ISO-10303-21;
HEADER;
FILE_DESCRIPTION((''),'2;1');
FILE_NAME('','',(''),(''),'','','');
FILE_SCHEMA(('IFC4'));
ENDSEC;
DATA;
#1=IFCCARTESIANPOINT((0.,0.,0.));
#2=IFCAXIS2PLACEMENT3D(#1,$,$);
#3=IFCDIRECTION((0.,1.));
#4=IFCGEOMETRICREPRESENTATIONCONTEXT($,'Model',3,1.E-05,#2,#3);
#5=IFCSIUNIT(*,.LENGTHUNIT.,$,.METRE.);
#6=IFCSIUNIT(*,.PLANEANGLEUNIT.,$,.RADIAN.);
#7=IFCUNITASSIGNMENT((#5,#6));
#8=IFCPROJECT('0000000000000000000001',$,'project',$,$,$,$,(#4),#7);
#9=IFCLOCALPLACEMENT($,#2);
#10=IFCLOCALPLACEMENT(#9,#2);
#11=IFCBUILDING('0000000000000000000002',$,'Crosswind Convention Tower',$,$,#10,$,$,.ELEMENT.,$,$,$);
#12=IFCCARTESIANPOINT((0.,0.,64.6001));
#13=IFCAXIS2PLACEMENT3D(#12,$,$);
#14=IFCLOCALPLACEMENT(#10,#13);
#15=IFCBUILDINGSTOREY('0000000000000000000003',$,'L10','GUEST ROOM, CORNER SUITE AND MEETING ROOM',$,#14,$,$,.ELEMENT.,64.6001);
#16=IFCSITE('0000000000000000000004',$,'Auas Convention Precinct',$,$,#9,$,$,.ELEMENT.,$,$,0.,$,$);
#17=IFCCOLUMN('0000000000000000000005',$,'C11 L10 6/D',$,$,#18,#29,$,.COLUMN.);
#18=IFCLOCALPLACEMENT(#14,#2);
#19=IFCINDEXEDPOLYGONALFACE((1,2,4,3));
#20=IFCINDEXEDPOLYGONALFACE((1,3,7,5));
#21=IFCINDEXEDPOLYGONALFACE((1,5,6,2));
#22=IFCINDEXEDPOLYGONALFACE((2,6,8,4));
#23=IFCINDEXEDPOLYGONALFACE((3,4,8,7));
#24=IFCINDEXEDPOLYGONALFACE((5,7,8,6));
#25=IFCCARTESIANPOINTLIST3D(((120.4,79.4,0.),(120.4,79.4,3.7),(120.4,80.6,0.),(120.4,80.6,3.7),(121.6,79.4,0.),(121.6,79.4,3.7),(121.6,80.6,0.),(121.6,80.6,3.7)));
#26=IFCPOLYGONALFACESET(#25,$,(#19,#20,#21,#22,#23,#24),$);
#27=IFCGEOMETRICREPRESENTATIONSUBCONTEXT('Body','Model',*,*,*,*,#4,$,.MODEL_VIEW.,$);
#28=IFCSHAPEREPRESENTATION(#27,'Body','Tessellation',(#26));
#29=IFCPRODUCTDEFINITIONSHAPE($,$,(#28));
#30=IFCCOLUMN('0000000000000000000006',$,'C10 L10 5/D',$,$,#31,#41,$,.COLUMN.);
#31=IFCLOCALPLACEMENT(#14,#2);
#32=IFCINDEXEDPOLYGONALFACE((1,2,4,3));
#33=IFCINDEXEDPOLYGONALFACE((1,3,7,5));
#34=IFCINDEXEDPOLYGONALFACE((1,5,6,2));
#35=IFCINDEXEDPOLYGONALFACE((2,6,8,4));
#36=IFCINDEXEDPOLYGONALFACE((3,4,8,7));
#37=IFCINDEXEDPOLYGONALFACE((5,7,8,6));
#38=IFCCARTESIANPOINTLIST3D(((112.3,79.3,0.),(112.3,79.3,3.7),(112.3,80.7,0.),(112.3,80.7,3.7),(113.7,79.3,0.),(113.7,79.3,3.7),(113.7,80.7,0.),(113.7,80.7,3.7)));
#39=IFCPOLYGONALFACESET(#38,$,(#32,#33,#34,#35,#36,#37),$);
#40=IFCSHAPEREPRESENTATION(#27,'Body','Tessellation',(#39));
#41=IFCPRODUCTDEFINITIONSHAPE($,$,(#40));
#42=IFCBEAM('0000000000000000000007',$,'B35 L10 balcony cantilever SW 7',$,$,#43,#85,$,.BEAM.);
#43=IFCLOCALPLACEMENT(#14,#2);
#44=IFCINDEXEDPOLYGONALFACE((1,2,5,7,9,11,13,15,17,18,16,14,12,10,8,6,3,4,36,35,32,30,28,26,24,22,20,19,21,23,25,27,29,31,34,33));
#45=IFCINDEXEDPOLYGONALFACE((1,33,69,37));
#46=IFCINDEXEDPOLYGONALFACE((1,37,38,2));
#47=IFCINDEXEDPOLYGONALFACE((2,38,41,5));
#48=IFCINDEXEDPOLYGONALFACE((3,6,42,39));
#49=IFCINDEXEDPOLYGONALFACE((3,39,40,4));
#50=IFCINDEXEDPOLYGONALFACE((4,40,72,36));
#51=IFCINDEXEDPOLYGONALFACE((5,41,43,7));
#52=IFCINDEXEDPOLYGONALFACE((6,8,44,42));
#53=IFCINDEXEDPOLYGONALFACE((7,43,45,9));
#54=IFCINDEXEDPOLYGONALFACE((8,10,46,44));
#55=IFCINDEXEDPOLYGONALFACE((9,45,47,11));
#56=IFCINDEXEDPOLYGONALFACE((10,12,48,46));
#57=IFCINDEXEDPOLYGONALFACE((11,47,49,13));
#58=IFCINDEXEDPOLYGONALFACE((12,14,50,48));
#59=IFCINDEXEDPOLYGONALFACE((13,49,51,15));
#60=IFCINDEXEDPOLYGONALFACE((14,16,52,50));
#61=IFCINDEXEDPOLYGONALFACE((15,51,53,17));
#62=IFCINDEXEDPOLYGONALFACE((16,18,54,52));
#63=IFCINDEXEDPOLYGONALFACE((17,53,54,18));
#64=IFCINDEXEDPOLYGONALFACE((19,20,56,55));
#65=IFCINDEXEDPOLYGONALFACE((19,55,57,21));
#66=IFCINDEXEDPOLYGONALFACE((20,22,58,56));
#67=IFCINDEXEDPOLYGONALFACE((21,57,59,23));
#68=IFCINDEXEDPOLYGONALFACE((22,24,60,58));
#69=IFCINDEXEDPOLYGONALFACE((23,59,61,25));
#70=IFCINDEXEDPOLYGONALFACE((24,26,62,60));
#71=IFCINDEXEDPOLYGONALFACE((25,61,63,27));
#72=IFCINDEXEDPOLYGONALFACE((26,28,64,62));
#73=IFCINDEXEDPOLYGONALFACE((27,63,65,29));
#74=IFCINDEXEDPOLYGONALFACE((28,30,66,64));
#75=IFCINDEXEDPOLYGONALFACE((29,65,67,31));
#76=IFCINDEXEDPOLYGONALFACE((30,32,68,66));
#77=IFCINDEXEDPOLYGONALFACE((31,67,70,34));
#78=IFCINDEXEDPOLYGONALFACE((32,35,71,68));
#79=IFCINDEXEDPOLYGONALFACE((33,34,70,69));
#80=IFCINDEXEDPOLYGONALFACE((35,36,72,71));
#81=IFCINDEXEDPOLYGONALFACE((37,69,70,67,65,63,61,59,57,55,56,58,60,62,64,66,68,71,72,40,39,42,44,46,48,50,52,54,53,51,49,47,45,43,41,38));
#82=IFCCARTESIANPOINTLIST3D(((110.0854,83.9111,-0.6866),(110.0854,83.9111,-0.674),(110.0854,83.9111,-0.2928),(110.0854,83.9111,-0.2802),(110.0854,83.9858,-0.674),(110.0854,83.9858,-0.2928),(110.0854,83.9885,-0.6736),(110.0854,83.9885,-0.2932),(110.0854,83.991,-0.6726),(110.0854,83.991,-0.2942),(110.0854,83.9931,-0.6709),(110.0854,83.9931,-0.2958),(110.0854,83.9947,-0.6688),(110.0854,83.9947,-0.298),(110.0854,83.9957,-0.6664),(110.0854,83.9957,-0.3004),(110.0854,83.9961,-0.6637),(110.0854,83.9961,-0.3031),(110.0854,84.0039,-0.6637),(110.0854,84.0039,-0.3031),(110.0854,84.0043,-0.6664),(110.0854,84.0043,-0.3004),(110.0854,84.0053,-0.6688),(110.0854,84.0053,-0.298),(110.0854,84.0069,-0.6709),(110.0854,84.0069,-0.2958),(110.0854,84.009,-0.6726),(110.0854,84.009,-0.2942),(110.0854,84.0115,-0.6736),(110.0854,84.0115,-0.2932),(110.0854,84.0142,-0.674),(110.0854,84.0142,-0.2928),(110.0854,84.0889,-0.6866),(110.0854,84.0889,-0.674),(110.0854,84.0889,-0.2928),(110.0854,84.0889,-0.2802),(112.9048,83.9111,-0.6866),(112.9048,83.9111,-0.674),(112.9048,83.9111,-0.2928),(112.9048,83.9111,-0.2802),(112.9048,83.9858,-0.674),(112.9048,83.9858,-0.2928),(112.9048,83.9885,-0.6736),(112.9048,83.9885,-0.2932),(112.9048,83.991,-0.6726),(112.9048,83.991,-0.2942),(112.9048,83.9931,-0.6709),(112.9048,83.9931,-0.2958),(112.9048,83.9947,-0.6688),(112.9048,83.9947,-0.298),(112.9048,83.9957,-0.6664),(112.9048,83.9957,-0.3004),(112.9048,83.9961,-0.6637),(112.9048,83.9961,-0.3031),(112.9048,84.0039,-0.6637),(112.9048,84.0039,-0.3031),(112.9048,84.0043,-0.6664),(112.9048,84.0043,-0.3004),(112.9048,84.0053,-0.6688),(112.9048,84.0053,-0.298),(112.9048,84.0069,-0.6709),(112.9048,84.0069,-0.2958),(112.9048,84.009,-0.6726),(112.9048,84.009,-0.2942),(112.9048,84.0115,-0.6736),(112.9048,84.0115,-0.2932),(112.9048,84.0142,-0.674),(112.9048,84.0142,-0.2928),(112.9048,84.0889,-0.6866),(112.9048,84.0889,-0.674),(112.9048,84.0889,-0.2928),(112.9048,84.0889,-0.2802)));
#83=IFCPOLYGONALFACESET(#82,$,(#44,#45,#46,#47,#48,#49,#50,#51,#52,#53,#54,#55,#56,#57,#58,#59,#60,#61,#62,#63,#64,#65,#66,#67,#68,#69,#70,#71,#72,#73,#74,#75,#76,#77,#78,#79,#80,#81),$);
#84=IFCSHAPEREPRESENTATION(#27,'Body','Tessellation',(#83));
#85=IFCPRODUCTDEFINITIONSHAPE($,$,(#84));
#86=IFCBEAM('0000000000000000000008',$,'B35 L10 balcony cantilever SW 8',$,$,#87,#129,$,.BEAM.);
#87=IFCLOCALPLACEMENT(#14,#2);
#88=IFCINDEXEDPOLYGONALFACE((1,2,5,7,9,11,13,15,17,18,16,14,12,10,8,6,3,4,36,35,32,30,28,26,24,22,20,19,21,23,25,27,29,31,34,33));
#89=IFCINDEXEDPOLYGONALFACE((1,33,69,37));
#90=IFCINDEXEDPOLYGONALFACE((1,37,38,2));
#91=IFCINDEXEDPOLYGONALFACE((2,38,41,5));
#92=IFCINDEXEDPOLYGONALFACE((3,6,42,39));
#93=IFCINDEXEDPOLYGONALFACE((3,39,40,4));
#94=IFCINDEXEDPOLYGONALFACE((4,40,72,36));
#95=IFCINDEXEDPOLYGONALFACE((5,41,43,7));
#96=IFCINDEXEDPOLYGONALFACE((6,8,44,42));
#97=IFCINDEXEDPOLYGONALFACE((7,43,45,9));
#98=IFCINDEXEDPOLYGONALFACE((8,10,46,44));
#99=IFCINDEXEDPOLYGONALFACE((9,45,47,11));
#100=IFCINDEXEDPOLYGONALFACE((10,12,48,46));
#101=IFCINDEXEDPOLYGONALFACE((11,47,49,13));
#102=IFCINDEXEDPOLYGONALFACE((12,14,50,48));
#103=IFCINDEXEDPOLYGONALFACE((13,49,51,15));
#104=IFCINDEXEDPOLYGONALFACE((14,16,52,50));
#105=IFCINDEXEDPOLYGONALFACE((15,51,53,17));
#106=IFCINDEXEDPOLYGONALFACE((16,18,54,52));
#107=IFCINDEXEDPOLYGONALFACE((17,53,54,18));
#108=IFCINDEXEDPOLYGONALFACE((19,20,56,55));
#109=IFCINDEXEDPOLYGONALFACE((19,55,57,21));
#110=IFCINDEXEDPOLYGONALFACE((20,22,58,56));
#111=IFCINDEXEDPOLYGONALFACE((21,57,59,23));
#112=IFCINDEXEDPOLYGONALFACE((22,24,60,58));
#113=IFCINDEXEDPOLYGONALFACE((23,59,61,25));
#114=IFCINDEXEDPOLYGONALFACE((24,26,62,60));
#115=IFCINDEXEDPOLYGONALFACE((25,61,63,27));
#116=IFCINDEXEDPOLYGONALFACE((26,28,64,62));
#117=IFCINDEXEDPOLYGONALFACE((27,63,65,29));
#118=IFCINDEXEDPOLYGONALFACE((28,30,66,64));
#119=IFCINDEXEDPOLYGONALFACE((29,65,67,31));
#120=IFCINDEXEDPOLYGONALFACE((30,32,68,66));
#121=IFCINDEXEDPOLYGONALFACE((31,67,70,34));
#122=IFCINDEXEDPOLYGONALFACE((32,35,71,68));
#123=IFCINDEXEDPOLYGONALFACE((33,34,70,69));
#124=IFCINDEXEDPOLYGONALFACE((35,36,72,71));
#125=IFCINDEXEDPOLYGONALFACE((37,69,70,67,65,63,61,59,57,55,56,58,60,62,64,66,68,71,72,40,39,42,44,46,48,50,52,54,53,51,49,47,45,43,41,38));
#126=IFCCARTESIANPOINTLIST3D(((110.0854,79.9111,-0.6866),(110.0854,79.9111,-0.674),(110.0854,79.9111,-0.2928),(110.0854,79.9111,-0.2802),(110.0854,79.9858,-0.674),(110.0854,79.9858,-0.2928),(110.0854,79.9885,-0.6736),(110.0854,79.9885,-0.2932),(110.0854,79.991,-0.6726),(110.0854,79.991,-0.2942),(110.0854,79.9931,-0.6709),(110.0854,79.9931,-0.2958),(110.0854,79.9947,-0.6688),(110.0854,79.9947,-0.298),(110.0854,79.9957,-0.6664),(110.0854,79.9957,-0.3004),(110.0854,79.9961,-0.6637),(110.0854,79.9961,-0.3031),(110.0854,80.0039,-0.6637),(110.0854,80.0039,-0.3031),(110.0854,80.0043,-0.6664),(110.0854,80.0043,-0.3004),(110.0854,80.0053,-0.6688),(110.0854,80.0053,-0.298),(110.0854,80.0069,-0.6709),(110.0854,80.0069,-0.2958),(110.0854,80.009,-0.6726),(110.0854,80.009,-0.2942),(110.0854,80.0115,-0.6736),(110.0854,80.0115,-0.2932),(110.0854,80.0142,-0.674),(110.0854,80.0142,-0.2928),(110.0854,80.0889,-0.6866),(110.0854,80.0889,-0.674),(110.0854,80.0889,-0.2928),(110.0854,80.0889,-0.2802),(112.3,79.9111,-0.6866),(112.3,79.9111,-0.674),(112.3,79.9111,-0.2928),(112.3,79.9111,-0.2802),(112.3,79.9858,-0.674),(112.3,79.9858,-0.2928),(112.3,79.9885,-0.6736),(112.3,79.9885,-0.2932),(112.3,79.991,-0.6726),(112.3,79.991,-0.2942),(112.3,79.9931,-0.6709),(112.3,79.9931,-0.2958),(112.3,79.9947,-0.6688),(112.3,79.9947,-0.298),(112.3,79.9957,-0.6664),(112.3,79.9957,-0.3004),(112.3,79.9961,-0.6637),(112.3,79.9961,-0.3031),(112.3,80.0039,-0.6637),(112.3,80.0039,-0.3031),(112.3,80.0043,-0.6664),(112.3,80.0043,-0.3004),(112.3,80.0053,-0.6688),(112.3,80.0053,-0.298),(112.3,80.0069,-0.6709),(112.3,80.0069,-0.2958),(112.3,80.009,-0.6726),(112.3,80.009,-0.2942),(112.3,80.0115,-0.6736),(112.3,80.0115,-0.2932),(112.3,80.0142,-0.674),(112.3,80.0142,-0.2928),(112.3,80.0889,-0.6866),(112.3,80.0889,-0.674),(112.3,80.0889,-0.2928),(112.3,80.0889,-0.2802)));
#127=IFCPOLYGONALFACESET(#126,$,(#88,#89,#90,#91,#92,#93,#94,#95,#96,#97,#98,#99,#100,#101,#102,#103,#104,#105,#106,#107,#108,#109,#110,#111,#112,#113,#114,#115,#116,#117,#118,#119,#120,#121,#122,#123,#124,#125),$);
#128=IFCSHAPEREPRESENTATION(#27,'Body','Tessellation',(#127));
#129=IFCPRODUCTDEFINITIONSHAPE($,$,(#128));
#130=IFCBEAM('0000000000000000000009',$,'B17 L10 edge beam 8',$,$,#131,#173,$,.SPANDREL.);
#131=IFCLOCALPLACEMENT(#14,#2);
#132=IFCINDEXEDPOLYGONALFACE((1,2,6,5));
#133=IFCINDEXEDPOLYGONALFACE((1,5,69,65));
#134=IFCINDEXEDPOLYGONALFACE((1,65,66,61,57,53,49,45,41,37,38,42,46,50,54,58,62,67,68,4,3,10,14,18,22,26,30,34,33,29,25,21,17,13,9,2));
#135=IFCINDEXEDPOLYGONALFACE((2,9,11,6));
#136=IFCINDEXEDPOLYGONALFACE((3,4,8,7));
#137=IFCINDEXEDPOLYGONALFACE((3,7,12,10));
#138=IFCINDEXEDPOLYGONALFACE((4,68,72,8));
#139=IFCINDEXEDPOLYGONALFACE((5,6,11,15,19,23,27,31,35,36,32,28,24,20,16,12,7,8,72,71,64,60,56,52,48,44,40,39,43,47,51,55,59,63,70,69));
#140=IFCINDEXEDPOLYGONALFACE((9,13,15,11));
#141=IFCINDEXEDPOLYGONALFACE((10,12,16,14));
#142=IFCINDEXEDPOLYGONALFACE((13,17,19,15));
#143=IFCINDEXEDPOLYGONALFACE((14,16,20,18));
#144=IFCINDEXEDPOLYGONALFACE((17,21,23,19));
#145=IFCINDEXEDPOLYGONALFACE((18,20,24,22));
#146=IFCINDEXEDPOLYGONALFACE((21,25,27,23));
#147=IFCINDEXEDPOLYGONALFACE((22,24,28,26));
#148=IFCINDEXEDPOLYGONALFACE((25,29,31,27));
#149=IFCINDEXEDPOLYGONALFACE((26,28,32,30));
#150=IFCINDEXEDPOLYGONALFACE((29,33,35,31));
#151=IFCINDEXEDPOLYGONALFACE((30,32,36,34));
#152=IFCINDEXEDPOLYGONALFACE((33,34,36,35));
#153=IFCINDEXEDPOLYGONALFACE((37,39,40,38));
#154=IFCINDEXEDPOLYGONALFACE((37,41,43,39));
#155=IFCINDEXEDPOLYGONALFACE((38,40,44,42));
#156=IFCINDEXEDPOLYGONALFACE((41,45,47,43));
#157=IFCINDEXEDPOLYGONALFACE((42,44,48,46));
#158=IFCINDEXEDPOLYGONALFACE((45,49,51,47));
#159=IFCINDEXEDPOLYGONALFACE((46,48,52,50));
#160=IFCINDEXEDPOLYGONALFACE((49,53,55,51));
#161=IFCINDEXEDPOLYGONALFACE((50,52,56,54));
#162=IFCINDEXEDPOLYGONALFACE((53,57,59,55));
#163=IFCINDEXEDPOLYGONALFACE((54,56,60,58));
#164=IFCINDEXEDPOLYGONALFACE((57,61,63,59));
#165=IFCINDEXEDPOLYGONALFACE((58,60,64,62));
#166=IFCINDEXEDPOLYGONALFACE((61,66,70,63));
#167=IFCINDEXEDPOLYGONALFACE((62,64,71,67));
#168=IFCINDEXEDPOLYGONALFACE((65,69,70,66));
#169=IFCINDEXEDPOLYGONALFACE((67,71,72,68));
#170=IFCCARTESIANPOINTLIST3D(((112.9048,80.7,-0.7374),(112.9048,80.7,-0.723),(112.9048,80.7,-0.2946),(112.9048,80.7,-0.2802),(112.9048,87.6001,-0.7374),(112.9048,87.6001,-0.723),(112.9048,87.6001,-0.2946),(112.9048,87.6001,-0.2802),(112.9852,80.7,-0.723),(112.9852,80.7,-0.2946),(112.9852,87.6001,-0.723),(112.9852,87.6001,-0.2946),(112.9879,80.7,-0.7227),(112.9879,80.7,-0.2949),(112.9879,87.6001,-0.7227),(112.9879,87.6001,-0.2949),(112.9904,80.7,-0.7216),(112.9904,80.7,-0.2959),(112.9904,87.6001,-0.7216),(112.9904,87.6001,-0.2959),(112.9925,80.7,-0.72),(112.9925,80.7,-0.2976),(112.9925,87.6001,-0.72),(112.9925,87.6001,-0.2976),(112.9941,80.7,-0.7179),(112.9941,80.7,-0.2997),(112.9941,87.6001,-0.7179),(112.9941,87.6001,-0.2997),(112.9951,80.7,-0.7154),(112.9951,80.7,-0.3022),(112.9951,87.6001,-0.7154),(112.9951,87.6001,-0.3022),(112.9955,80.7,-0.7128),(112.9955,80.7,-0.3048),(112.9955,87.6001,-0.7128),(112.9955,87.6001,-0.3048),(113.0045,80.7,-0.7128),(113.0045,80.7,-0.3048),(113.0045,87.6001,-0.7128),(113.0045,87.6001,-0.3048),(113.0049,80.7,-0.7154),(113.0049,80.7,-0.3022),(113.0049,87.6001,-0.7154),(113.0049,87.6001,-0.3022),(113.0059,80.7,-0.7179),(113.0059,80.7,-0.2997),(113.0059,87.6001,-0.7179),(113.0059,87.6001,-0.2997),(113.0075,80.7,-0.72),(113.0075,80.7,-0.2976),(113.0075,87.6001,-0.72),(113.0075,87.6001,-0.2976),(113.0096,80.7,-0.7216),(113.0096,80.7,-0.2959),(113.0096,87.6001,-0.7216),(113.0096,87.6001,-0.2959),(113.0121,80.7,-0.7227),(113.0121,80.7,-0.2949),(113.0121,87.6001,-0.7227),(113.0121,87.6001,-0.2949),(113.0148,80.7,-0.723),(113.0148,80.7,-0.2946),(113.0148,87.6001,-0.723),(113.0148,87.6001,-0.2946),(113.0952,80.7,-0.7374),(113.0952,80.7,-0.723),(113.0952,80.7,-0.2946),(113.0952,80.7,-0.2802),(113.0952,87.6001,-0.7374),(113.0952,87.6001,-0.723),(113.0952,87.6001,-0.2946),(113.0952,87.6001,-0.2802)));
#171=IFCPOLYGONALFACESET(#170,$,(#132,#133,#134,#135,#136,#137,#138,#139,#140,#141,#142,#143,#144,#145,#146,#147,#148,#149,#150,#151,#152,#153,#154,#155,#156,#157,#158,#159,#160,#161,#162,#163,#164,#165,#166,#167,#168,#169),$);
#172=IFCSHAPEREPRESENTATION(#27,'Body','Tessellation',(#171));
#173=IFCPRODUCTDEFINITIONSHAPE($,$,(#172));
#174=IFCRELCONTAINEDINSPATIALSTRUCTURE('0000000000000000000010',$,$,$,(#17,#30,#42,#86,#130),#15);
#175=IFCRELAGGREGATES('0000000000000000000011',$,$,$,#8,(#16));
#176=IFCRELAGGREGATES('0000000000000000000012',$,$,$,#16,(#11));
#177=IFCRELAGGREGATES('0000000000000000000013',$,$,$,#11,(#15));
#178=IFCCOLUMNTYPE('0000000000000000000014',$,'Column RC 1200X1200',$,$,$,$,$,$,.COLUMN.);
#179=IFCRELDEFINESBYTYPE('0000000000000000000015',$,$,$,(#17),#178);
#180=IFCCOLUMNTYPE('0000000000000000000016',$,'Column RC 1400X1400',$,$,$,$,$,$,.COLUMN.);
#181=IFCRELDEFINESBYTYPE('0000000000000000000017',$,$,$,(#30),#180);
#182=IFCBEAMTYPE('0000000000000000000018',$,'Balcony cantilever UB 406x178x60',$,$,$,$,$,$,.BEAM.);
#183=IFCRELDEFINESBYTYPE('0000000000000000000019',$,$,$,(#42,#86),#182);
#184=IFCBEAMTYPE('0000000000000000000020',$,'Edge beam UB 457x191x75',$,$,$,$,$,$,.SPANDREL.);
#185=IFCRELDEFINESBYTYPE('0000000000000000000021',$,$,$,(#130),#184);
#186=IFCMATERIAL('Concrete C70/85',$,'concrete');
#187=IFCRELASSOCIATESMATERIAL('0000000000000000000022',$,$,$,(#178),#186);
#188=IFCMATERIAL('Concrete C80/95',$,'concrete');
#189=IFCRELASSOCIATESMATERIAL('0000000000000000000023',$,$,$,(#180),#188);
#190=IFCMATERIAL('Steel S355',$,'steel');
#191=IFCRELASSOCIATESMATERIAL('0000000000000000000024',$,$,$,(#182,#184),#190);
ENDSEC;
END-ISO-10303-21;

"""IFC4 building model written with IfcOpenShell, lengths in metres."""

from ifc_helpers import new_model, si_unit, direction, frame, origin, origin_2d, place, context, subcontext, project, spatial, rectangle, i_section, extrude, material, material_profile, profile_set, type_object, element, save


model = new_model("IFC4")

# Units and contexts
model_context = context("Model", 3, precision=1e-05, world=origin(), true_north=direction((0.0, 1.0)))
body_context = subcontext(model_context, "Body", "Model", "MODEL_VIEW")
ifc_project = project(units=[si_unit("LENGTHUNIT", "METRE"), si_unit("PLANEANGLEUNIT", "RADIAN")], contexts=[model_context])

# Site, building, storey
site_placement = place(None, origin())
site = spatial("IfcSite", under=ifc_project, at=site_placement, Name="Auas Convention Precinct", CompositionType="ELEMENT", RefElevation=0.0)
building_placement = place(site_placement, origin())
building = spatial("IfcBuilding", under=site, at=building_placement, Name="Crosswind Convention Tower", CompositionType="ELEMENT")
storey_placement = place(building_placement, frame((0.0, 0.0, 64.6001)))
storey = spatial("IfcBuildingStorey", under=building, at=storey_placement, Name="L10", Description="GUEST ROOM, CORNER SUITE AND MEETING ROOM", CompositionType="ELEMENT", Elevation=64.6001)

# Columns
ifc_material_1 = material(Name="Concrete C70/85", Category="concrete")
ifc_material_profile_1 = material_profile(ifc_material_1, rectangle(XDim=1.2, YDim=1.2, at=origin_2d()), Name="RC 1200X1200")
ifc_profile_set_1 = profile_set([ifc_material_profile_1], Name="Concrete C70/85")
column_type_1 = type_object("IfcColumnType", Name="Column RC 1200X1200", PredefinedType="COLUMN", material=ifc_profile_set_1)
column_1_placement = place(storey_placement, frame((121.0, 80.0, 0.0), z_axis=(0.0, 0.0, 1.0), x_axis=(1.0, 0.0, 0.0)))
element("IfcColumn", 1, at=column_1_placement, inside=storey, type_object=column_type_1, Name="C11 L10 6/D", PredefinedType="COLUMN", context=body_context, shape_type="SweptSolid", body=[
    extrude(rectangle(XDim=1.2, YDim=1.2, at=origin_2d()), origin(), (0.0, 0.0, 1.0), 3.7),
])
ifc_material_2 = material(Name="Concrete C80/95", Category="concrete")
ifc_material_profile_2 = material_profile(ifc_material_2, rectangle(XDim=1.3999, YDim=1.3999, at=origin_2d()), Name="RC 1400X1400")
ifc_profile_set_2 = profile_set([ifc_material_profile_2], Name="Concrete C80/95")
column_type_2 = type_object("IfcColumnType", Name="Column RC 1400X1400", PredefinedType="COLUMN", material=ifc_profile_set_2)
column_2_placement = place(storey_placement, frame((113.0, 80.0, 0.0), z_axis=(0.0, 0.0, 1.0), x_axis=(1.0, 0.0, 0.0)))
element("IfcColumn", 2, at=column_2_placement, inside=storey, type_object=column_type_2, Name="C10 L10 5/D", PredefinedType="COLUMN", context=body_context, shape_type="SweptSolid", body=[
    extrude(rectangle(XDim=1.3999, YDim=1.3999, at=origin_2d()), origin(), (0.0, 0.0, 1.0), 3.7),
])

# Beams
ifc_material_3 = material(Name="Steel S355", Category="steel")
ifc_material_profile_3 = material_profile(ifc_material_3, i_section(OverallWidth=0.1777, OverallDepth=0.4065, WebThickness=0.0078, FlangeThickness=0.0127, FilletRadius=0.0103, at=origin_2d()), Name="UB 406x178x60")
ifc_profile_set_3 = profile_set([ifc_material_profile_3], Name="Steel S355")
beam_type_1 = type_object("IfcBeamType", Name="Balcony cantilever UB 406x178x60", PredefinedType="BEAM", material=ifc_profile_set_3)
beam_1_placement = place(storey_placement, frame((112.9048, 84.0, -0.4834), z_axis=(-1.0, 0.0, 0.0), x_axis=(0.0, -1.0, 0.0)))
element("IfcBeam", 3, at=beam_1_placement, inside=storey, type_object=beam_type_1, Name="B35 L10 balcony cantilever SW 7", PredefinedType="BEAM", context=body_context, shape_type="SweptSolid", body=[
    extrude(i_section(OverallWidth=0.1777, OverallDepth=0.4065, WebThickness=0.0078, FlangeThickness=0.0127, FilletRadius=0.0103, at=origin_2d()), origin(), (0.0, 0.0, 1.0), 2.8193),
])
beam_2_placement = place(storey_placement, frame((112.3, 80.0, -0.4834), z_axis=(-1.0, 0.0, 0.0), x_axis=(0.0, -1.0, 0.0)))
element("IfcBeam", 4, at=beam_2_placement, inside=storey, type_object=beam_type_1, Name="B35 L10 balcony cantilever SW 8", PredefinedType="BEAM", context=body_context, shape_type="SweptSolid", body=[
    extrude(i_section(OverallWidth=0.1777, OverallDepth=0.4065, WebThickness=0.0078, FlangeThickness=0.0127, FilletRadius=0.0103, at=origin_2d()), origin(), (0.0, 0.0, 1.0), 2.2146),
])
ifc_material_profile_4 = material_profile(ifc_material_3, i_section(OverallWidth=0.1904, OverallDepth=0.4573, WebThickness=0.009, FlangeThickness=0.0144, FilletRadius=0.0103, at=origin_2d()), Name="UB 457x191x75")
ifc_profile_set_4 = profile_set([ifc_material_profile_4], Name="Steel S355")
beam_type_2 = type_object("IfcBeamType", Name="Edge beam UB 457x191x75", PredefinedType="SPANDREL", material=ifc_profile_set_4)
beam_3_placement = place(storey_placement, frame((113.0, 80.7, -0.5088), z_axis=(0.0, 1.0, 0.0), x_axis=(-1.0, 0.0, 0.0)))
element("IfcBeam", 5, at=beam_3_placement, inside=storey, type_object=beam_type_2, Name="B17 L10 edge beam 8", PredefinedType="SPANDREL", context=body_context, shape_type="SweptSolid", body=[
    extrude(i_section(OverallWidth=0.1904, OverallDepth=0.4573, WebThickness=0.009, FlangeThickness=0.0144, FilletRadius=0.0103, at=origin_2d()), origin(), (0.0, 0.0, 1.0), 6.9001),
])

save(model, "model.ifc")
